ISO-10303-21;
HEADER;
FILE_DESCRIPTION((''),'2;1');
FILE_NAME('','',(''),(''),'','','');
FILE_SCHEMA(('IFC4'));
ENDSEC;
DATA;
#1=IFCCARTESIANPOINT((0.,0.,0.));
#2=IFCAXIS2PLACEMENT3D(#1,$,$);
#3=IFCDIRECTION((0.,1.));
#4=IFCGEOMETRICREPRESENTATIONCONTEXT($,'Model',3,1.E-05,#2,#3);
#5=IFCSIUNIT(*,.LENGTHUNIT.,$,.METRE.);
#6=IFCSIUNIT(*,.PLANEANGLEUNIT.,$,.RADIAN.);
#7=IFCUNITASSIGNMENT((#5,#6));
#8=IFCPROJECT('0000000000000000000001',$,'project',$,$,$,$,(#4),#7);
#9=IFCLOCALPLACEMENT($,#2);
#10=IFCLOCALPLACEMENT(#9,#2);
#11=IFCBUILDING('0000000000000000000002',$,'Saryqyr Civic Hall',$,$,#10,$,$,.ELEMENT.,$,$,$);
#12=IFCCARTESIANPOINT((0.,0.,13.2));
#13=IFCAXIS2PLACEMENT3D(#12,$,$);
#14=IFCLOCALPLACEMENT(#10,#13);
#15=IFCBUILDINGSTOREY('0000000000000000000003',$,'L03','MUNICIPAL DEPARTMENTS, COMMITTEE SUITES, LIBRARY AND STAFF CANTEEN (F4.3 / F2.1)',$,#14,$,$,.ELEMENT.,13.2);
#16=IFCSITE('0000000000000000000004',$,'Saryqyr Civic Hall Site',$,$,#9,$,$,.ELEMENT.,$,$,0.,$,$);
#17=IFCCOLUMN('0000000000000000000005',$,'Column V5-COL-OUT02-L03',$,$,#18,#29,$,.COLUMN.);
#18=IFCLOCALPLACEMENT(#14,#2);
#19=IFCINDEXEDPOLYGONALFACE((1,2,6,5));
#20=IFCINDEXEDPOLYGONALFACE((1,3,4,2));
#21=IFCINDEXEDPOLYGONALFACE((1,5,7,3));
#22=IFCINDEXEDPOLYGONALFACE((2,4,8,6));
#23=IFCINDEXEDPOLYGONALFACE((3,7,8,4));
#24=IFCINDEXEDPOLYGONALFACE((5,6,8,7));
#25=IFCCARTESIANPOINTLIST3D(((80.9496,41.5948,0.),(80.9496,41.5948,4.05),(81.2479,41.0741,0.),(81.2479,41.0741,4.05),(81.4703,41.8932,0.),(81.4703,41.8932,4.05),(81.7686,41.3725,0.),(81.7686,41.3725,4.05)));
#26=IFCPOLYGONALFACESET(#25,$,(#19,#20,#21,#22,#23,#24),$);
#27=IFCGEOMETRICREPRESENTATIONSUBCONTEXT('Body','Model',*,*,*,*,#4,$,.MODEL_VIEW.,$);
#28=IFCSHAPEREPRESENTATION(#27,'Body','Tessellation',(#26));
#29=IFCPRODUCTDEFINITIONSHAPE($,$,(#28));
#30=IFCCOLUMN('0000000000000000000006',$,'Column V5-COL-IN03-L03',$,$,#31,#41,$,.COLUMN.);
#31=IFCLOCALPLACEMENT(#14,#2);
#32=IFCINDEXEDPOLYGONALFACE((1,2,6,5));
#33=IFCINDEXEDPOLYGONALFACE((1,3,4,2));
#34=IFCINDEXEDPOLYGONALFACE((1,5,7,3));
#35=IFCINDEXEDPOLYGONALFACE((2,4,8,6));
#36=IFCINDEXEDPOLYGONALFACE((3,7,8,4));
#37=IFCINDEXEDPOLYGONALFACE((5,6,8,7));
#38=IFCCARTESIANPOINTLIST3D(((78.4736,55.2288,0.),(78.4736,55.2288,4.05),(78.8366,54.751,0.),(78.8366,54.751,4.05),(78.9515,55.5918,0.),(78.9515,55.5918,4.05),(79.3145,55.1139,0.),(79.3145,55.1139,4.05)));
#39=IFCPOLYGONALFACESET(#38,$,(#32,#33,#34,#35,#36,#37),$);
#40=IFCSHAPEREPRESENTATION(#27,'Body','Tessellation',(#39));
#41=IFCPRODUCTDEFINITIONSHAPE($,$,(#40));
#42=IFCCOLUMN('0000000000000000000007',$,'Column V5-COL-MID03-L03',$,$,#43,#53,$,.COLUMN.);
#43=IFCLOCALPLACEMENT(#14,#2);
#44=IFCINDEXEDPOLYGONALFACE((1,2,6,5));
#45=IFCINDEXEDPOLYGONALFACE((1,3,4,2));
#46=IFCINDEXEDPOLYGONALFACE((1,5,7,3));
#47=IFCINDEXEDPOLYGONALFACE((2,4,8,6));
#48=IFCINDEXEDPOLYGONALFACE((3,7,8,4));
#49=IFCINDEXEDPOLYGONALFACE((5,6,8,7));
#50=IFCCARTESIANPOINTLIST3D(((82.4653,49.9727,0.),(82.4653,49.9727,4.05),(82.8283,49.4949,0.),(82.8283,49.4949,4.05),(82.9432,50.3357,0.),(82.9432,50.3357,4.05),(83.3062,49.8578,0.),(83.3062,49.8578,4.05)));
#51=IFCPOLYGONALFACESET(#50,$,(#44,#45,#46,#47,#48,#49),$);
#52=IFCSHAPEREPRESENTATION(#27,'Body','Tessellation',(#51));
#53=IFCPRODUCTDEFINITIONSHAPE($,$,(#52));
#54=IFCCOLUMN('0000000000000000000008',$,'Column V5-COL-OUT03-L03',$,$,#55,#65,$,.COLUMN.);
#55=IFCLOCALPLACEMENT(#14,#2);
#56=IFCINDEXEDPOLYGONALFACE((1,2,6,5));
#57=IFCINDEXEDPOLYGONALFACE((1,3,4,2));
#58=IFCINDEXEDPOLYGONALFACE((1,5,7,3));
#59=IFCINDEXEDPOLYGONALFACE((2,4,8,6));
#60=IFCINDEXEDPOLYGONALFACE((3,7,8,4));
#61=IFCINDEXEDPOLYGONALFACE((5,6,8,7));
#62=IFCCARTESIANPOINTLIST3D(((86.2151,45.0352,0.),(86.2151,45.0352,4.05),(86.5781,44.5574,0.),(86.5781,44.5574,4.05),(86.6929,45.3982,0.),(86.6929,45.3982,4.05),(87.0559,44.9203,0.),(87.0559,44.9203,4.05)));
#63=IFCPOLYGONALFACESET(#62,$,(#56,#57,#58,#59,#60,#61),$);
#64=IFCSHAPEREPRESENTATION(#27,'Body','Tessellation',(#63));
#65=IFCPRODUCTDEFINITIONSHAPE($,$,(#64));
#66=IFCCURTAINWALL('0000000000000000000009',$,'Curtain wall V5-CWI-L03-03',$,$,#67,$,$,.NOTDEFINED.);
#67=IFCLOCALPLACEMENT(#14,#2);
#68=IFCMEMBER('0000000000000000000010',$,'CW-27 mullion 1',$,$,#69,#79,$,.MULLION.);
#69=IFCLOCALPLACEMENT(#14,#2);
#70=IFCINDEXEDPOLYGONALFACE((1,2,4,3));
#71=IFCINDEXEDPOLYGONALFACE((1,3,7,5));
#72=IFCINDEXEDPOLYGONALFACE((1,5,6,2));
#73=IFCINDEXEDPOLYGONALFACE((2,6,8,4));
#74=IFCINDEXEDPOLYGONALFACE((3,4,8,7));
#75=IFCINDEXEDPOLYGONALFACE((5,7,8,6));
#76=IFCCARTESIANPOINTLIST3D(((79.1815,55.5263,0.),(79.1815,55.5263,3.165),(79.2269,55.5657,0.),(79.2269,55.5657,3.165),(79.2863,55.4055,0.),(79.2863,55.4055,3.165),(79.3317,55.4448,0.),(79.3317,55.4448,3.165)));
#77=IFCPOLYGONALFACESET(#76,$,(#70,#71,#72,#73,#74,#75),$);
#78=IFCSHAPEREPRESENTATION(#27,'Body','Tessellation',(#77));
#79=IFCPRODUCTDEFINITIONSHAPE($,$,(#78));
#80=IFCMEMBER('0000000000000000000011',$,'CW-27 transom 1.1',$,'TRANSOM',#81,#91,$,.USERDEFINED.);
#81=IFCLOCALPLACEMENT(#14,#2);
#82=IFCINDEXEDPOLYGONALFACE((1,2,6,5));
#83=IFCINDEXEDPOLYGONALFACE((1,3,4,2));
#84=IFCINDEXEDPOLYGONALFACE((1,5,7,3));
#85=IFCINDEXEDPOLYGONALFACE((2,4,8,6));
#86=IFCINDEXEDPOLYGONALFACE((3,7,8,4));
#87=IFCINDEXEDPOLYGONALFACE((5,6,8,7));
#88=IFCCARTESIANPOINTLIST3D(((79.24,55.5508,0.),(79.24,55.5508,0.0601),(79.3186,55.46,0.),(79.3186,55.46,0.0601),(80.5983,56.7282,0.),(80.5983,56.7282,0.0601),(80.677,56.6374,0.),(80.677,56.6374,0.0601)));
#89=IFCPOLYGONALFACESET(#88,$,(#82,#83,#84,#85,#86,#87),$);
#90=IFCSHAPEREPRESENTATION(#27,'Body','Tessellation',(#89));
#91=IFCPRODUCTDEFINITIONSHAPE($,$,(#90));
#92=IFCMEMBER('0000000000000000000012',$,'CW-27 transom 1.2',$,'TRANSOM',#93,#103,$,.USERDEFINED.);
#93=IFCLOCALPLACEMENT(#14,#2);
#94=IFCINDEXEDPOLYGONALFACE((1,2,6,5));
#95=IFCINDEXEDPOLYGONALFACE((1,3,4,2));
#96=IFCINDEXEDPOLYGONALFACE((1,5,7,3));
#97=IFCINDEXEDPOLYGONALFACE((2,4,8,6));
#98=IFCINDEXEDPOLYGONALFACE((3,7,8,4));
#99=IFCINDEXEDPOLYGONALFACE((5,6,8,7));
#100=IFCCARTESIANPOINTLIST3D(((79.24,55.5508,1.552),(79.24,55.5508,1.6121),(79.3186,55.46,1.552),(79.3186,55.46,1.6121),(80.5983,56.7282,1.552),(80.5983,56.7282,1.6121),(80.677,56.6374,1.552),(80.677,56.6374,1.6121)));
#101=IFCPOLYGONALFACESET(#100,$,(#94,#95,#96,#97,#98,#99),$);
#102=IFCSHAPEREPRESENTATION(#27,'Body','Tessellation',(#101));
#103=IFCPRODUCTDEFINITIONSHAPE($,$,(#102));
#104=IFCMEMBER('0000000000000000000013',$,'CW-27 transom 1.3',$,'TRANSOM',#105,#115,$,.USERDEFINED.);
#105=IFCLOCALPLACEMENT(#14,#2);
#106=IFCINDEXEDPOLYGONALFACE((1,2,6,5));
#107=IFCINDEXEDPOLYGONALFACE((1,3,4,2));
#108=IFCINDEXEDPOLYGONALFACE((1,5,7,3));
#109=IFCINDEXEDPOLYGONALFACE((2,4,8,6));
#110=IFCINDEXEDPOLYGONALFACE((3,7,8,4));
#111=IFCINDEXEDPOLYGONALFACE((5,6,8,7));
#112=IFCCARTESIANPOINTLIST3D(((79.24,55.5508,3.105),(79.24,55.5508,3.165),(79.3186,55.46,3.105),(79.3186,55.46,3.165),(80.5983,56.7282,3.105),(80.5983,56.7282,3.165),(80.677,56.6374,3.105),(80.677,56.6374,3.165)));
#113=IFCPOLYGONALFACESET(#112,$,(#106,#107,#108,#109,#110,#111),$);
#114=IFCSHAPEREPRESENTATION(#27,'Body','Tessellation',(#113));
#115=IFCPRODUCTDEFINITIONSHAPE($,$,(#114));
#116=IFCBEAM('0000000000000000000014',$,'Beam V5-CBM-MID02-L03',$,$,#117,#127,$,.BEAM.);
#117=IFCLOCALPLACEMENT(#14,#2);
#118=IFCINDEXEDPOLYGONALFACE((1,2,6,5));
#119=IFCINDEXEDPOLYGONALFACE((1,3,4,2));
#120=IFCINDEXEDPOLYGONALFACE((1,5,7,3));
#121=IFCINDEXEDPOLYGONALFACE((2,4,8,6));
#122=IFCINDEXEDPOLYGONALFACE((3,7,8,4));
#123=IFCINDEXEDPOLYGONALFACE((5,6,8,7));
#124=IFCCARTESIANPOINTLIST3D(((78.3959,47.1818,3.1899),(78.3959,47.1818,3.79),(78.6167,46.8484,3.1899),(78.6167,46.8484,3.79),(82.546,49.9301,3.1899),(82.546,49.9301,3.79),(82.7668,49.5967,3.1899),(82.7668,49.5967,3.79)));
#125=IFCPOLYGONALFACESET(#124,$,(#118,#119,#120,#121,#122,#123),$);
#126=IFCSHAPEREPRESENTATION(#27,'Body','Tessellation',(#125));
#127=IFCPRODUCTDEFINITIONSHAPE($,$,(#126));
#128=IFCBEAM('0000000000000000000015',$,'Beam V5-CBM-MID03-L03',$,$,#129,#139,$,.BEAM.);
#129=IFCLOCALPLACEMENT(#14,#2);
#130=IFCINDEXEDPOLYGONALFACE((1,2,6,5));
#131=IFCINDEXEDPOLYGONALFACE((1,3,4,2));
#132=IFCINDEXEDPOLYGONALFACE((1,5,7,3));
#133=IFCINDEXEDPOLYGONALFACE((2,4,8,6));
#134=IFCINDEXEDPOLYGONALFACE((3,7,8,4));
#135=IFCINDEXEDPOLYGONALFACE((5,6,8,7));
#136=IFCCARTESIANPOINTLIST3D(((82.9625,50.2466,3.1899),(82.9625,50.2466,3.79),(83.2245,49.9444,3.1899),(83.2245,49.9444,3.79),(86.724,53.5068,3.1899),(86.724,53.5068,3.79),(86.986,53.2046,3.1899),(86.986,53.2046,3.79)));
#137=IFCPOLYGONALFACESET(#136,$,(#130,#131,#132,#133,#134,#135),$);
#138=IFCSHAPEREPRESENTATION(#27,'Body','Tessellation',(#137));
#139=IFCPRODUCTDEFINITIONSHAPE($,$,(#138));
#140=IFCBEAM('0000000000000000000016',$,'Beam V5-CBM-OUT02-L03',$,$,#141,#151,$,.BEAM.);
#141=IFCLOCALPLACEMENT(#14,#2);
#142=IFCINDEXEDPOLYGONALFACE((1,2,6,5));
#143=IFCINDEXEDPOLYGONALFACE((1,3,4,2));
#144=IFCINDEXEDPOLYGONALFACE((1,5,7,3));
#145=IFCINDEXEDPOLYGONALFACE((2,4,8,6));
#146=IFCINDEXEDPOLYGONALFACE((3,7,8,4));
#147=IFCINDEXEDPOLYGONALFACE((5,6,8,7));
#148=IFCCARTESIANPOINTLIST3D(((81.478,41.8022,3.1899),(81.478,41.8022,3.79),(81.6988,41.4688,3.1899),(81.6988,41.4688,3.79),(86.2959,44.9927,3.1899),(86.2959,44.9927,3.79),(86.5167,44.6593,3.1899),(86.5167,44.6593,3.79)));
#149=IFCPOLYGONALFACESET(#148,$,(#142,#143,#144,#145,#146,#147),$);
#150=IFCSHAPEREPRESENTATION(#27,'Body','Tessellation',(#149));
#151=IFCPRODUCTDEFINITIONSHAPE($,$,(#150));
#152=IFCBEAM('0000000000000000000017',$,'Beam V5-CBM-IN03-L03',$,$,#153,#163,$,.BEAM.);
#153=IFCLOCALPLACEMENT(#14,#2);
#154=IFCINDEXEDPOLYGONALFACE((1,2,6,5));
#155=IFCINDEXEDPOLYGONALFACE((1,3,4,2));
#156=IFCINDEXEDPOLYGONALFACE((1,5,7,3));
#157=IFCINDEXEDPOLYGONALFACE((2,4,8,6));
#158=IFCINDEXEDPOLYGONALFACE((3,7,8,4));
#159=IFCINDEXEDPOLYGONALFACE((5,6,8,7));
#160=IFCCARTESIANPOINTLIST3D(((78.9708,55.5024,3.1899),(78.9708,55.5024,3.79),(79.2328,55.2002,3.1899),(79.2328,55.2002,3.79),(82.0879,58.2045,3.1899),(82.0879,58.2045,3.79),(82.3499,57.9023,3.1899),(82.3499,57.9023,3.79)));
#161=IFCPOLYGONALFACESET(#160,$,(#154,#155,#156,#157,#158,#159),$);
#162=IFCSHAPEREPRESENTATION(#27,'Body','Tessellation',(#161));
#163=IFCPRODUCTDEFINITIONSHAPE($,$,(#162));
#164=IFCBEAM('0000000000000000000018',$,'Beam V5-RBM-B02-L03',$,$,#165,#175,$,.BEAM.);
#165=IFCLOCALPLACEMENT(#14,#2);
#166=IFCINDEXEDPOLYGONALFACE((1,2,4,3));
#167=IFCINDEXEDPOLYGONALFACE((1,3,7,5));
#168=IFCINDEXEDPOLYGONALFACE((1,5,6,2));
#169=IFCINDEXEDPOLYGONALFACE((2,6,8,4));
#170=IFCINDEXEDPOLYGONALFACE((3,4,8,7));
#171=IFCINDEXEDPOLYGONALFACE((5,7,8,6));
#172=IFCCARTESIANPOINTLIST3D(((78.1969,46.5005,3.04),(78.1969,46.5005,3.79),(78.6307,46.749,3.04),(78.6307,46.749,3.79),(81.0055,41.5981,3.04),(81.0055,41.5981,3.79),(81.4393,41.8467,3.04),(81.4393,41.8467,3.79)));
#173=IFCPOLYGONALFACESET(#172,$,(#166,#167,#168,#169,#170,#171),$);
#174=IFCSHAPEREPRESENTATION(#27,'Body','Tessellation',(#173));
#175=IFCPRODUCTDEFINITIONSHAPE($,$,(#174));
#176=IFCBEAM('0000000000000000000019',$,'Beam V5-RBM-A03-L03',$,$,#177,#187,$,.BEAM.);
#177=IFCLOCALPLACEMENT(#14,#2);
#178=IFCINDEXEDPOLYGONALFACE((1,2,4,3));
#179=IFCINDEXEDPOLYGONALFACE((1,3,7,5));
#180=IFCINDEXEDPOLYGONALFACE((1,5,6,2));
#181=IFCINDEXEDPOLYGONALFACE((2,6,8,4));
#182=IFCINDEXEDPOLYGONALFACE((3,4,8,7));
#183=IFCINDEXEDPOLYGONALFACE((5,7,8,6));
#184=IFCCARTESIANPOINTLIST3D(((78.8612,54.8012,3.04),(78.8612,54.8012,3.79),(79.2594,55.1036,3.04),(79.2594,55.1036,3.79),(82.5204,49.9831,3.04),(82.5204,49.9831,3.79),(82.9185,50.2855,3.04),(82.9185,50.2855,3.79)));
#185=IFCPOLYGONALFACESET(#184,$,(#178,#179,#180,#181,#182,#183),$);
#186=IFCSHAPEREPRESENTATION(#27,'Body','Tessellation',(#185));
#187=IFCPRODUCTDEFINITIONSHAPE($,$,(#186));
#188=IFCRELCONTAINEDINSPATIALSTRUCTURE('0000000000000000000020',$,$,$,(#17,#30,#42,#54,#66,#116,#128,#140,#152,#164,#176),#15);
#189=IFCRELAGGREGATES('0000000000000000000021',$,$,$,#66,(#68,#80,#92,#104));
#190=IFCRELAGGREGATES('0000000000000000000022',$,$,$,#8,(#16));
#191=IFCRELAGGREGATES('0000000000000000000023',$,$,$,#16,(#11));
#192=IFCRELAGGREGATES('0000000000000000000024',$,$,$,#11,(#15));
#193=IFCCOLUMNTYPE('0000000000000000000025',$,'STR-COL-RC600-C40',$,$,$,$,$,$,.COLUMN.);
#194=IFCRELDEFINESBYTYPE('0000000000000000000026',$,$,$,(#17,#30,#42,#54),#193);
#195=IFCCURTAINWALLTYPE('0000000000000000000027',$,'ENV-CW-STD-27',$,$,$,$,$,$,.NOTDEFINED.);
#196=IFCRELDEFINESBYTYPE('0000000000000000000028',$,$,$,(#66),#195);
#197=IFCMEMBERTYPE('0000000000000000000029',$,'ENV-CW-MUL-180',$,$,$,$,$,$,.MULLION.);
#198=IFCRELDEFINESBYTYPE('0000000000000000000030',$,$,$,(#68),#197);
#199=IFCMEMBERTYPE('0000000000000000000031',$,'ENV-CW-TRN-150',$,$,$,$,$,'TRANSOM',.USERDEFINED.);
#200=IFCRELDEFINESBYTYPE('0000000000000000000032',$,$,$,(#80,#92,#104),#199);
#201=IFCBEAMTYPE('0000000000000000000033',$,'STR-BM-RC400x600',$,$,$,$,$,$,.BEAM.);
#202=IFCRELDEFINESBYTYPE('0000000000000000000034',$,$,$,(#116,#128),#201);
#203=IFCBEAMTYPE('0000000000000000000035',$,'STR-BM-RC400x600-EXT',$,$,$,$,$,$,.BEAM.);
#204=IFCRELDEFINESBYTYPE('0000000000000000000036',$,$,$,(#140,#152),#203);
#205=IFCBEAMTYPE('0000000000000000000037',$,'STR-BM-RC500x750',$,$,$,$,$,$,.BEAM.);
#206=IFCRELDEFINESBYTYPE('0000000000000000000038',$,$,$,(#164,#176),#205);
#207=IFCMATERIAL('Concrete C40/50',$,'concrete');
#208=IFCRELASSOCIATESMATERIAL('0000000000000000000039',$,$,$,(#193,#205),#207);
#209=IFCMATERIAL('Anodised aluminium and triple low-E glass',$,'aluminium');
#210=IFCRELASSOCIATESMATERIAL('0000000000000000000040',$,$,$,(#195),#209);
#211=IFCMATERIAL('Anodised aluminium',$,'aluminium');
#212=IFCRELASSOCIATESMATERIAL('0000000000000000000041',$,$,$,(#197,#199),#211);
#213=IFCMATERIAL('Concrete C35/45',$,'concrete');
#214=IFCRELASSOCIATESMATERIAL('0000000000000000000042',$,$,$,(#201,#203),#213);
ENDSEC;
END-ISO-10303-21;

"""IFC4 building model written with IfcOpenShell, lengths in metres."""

from ifc_helpers import new_model, si_unit, direction, frame, origin, origin_2d, place, context, subcontext, project, spatial, rectangle, extrude, material, material_profile, profile_set, type_object, element, aggregate, save


model = new_model("IFC4")

# Units and contexts
model_context = context("Model", 3, precision=1e-05, world=origin(), true_north=direction((0.0, 1.0)))
body_context = subcontext(model_context, "Body", "Model", "MODEL_VIEW")
ifc_project = project(units=[si_unit("LENGTHUNIT", "METRE"), si_unit("PLANEANGLEUNIT", "RADIAN")], contexts=[model_context])

# Site, building, storey
site_placement = place(None, origin())
site = spatial("IfcSite", under=ifc_project, at=site_placement, Name="Saryqyr Civic Hall Site", CompositionType="ELEMENT", RefElevation=0.0)
building_placement = place(site_placement, origin())
building = spatial("IfcBuilding", under=site, at=building_placement, Name="Saryqyr Civic Hall", CompositionType="ELEMENT")
storey_placement = place(building_placement, frame((0.0, 0.0, 13.2)))
storey = spatial("IfcBuildingStorey", under=building, at=storey_placement, Name="L03", Description="MUNICIPAL DEPARTMENTS, COMMITTEE SUITES, LIBRARY AND STAFF CANTEEN (F4.3 / F2.1)", CompositionType="ELEMENT", Elevation=13.2)

# Columns
ifc_material_1 = material(Name="Concrete C40/50", Category="concrete")
ifc_material_profile_1 = material_profile(ifc_material_1, rectangle(XDim=0.6001, YDim=0.6001, at=origin_2d()), Name="RC 600x600")
ifc_profile_set_1 = profile_set([ifc_material_profile_1], Name="Concrete C40/50")
column_type = type_object("IfcColumnType", Name="STR-COL-RC600-C40", PredefinedType="COLUMN", material=ifc_profile_set_1)
for number, where, z_axis, x_axis, name in (
    (1, (81.3591, 41.4836, 0.0), (0.0, 0.0, 1.0), (0.497125, -0.867679, 0.0), "Column V5-COL-OUT02-L03"),
    (2, (78.894, 55.1714, 0.0), (0.0, 0.0, 1.0), (0.604877, -0.796319, 0.0), "Column V5-COL-IN03-L03"),
    (3, (82.8857, 49.9153, 0.0), (0.0, 0.0, 1.0), (0.604877, -0.796319, 0.0), "Column V5-COL-MID03-L03"),
    (4, (86.6355, 44.9778, 0.0), (0.0, 0.0, 1.0), (0.604877, -0.796319, 0.0), "Column V5-COL-OUT03-L03"),
):
    element("IfcColumn", number, at=place(storey_placement, frame(where, z_axis=z_axis, x_axis=x_axis)), inside=storey, type_object=column_type, Name=name, PredefinedType="COLUMN", context=body_context, shape_type="SweptSolid", body=[
        extrude(rectangle(XDim=0.6001, YDim=0.6001, at=origin_2d()), origin(), (0.0, 0.0, 1.0), 4.05),
    ])

# Curtain wall, members
ifc_material_2 = material(Name="Anodised aluminium and triple low-E glass", Category="aluminium")
curtain_wall_type = type_object("IfcCurtainWallType", Name="ENV-CW-STD-27", PredefinedType="NOTDEFINED", material=ifc_material_2)
curtain_wall_placement = place(storey_placement, origin())
curtain_wall = element("IfcCurtainWall", 5, at=curtain_wall_placement, inside=storey, type_object=curtain_wall_type, Name="Curtain wall V5-CWI-L03-03", PredefinedType="NOTDEFINED")
ifc_material_3 = material(Name="Anodised aluminium", Category="aluminium")
ifc_material_profile_2 = material_profile(ifc_material_3, rectangle(XDim=0.0601, YDim=0.1599, at=origin_2d()), Name="ALU MULLION 60x160")
ifc_profile_set_2 = profile_set([ifc_material_profile_2], Name="Anodised aluminium")
member_type_1 = type_object("IfcMemberType", Name="ENV-CW-MUL-180", PredefinedType="MULLION", material=ifc_profile_set_2)
member_1_placement = place(storey_placement, frame((79.2566, 55.4856, 0.0), z_axis=(0.0, 0.0, 1.0), x_axis=(0.755652, 0.654974, 0.0)))
member_1 = element("IfcMember", 6, at=member_1_placement, type_object=member_type_1, Name="CW-27 mullion 1", PredefinedType="MULLION", context=body_context, shape_type="SweptSolid", body=[
    extrude(rectangle(XDim=0.0601, YDim=0.1599, at=origin_2d()), origin(), (0.0, 0.0, 1.0), 3.165),
])
ifc_material_profile_3 = material_profile(ifc_material_3, rectangle(XDim=0.1201, YDim=0.0601, at=origin_2d()), Name="ALU TRANSOM 120x60")
ifc_profile_set_3 = profile_set([ifc_material_profile_3], Name="Anodised aluminium")
member_type_2 = type_object("IfcMemberType", Name="ENV-CW-TRN-150", ElementType="TRANSOM", PredefinedType="USERDEFINED", material=ifc_profile_set_3)
member_2_placement = place(storey_placement, frame((79.2793, 55.5054, 0.03), z_axis=(0.755631, 0.654998, 0.0), x_axis=(-0.654998, 0.755631, 0.0)))
member_2 = element("IfcMember", 7, at=member_2_placement, type_object=member_type_2, Name="CW-27 transom 1.1", ObjectType="TRANSOM", PredefinedType="USERDEFINED", context=body_context, shape_type="SweptSolid", body=[
    extrude(rectangle(XDim=0.1201, YDim=0.0601, at=origin_2d()), origin(), (0.0, 0.0, 1.0), 1.7976),
])
member_3_placement = place(storey_placement, frame((79.2793, 55.5054, 1.582), z_axis=(0.755631, 0.654998, 0.0), x_axis=(-0.654998, 0.755631, 0.0)))
member_3 = element("IfcMember", 8, at=member_3_placement, type_object=member_type_2, Name="CW-27 transom 1.2", ObjectType="TRANSOM", PredefinedType="USERDEFINED", context=body_context, shape_type="SweptSolid", body=[
    extrude(rectangle(XDim=0.1201, YDim=0.0601, at=origin_2d()), origin(), (0.0, 0.0, 1.0), 1.7976),
])
member_4_placement = place(storey_placement, frame((79.2793, 55.5054, 3.135), z_axis=(0.755631, 0.654998, 0.0), x_axis=(-0.654998, 0.755631, 0.0)))
member_4 = element("IfcMember", 9, at=member_4_placement, type_object=member_type_2, Name="CW-27 transom 1.3", ObjectType="TRANSOM", PredefinedType="USERDEFINED", context=body_context, shape_type="SweptSolid", body=[
    extrude(rectangle(XDim=0.1201, YDim=0.0601, at=origin_2d()), origin(), (0.0, 0.0, 1.0), 1.7976),
])

# Beams
ifc_material_4 = material(Name="Concrete C35/45", Category="concrete")
ifc_material_profile_4 = material_profile(ifc_material_4, rectangle(XDim=0.3999, YDim=0.6001, at=origin_2d()), Name="RC 400x600")
ifc_profile_set_4 = profile_set([ifc_material_profile_4], Name="Concrete C35/45")
beam_type_1 = type_object("IfcBeamType", Name="STR-BM-RC400x600", PredefinedType="BEAM", material=ifc_profile_set_4)
beam_1_placement = place(storey_placement, frame((78.5063, 47.0151, 3.49), z_axis=(0.833759, 0.552128, 0.0), x_axis=(-0.552128, 0.833759, 0.0)))
element("IfcBeam", 10, at=beam_1_placement, inside=storey, type_object=beam_type_1, Name="Beam V5-CBM-MID02-L03", PredefinedType="BEAM", context=body_context, shape_type="SweptSolid", body=[
    extrude(rectangle(XDim=0.3999, YDim=0.6001, at=origin_2d()), origin(), (0.0, 0.0, 1.0), 4.9775),
])
beam_2_placement = place(storey_placement, frame((83.0935, 50.0955, 3.49), z_axis=(0.755658, 0.654966, 0.0), x_axis=(-0.654966, 0.755658, 0.0)))
element("IfcBeam", 11, at=beam_2_placement, inside=storey, type_object=beam_type_1, Name="Beam V5-CBM-MID03-L03", PredefinedType="BEAM", context=body_context, shape_type="SweptSolid", body=[
    extrude(rectangle(XDim=0.3999, YDim=0.6001, at=origin_2d()), origin(), (0.0, 0.0, 1.0), 4.9778),
])
ifc_material_profile_5 = material_profile(ifc_material_4, rectangle(XDim=0.3999, YDim=0.6001, at=origin_2d()), Name="RC 400x600")
ifc_profile_set_5 = profile_set([ifc_material_profile_5], Name="Concrete C35/45")
beam_type_2 = type_object("IfcBeamType", Name="STR-BM-RC400x600-EXT", PredefinedType="BEAM", material=ifc_profile_set_5)
beam_3_placement = place(storey_placement, frame((81.5884, 41.6355, 3.49), z_axis=(0.833762, 0.552124, 0.0), x_axis=(-0.552124, 0.833762, 0.0)))
element("IfcBeam", 12, at=beam_3_placement, inside=storey, type_object=beam_type_2, Name="Beam V5-CBM-OUT02-L03", PredefinedType="BEAM", context=body_context, shape_type="SweptSolid", body=[
    extrude(rectangle(XDim=0.3999, YDim=0.6001, at=origin_2d()), origin(), (0.0, 0.0, 1.0), 5.7786),
])
beam_4_placement = place(storey_placement, frame((79.1018, 55.3513, 3.49), z_axis=(0.755619, 0.655012, 0.0), x_axis=(-0.655012, 0.755619, 0.0)))
element("IfcBeam", 13, at=beam_4_placement, inside=storey, type_object=beam_type_2, Name="Beam V5-CBM-IN03-L03", PredefinedType="BEAM", context=body_context, shape_type="SweptSolid", body=[
    extrude(rectangle(XDim=0.3999, YDim=0.6001, at=origin_2d()), origin(), (0.0, 0.0, 1.0), 4.1252),
])
ifc_material_profile_6 = material_profile(ifc_material_1, rectangle(XDim=0.5, YDim=0.75, at=origin_2d()), Name="RC 500x750")
ifc_profile_set_6 = profile_set([ifc_material_profile_6], Name="Concrete C40/50")
beam_type_3 = type_object("IfcBeamType", Name="STR-BM-RC500x750", PredefinedType="BEAM", material=ifc_profile_set_6)
beam_5_placement = place(storey_placement, frame((78.4138, 46.6248, 3.415), z_axis=(0.497107, -0.867689, 0.0), x_axis=(0.867689, 0.497107, 0.0)))
element("IfcBeam", 14, at=beam_5_placement, inside=storey, type_object=beam_type_3, Name="Beam V5-RBM-B02-L03", PredefinedType="BEAM", context=body_context, shape_type="SweptSolid", body=[
    extrude(rectangle(XDim=0.5, YDim=0.75, at=origin_2d()), origin(), (0.0, 0.0, 1.0), 5.6499),
])
beam_6_placement = place(storey_placement, frame((79.0603, 54.9524, 3.415), z_axis=(0.604812, -0.796368, 0.0), x_axis=(0.796368, 0.604812, 0.0)))
element("IfcBeam", 15, at=beam_6_placement, inside=storey, type_object=beam_type_3, Name="Beam V5-RBM-A03-L03", PredefinedType="BEAM", context=body_context, shape_type="SweptSolid", body=[
    extrude(rectangle(XDim=0.5, YDim=0.75, at=origin_2d()), origin(), (0.0, 0.0, 1.0), 6.05),
])

aggregate(curtain_wall, [member_1, member_2, member_3, member_4])

save(model, "model.ifc")
